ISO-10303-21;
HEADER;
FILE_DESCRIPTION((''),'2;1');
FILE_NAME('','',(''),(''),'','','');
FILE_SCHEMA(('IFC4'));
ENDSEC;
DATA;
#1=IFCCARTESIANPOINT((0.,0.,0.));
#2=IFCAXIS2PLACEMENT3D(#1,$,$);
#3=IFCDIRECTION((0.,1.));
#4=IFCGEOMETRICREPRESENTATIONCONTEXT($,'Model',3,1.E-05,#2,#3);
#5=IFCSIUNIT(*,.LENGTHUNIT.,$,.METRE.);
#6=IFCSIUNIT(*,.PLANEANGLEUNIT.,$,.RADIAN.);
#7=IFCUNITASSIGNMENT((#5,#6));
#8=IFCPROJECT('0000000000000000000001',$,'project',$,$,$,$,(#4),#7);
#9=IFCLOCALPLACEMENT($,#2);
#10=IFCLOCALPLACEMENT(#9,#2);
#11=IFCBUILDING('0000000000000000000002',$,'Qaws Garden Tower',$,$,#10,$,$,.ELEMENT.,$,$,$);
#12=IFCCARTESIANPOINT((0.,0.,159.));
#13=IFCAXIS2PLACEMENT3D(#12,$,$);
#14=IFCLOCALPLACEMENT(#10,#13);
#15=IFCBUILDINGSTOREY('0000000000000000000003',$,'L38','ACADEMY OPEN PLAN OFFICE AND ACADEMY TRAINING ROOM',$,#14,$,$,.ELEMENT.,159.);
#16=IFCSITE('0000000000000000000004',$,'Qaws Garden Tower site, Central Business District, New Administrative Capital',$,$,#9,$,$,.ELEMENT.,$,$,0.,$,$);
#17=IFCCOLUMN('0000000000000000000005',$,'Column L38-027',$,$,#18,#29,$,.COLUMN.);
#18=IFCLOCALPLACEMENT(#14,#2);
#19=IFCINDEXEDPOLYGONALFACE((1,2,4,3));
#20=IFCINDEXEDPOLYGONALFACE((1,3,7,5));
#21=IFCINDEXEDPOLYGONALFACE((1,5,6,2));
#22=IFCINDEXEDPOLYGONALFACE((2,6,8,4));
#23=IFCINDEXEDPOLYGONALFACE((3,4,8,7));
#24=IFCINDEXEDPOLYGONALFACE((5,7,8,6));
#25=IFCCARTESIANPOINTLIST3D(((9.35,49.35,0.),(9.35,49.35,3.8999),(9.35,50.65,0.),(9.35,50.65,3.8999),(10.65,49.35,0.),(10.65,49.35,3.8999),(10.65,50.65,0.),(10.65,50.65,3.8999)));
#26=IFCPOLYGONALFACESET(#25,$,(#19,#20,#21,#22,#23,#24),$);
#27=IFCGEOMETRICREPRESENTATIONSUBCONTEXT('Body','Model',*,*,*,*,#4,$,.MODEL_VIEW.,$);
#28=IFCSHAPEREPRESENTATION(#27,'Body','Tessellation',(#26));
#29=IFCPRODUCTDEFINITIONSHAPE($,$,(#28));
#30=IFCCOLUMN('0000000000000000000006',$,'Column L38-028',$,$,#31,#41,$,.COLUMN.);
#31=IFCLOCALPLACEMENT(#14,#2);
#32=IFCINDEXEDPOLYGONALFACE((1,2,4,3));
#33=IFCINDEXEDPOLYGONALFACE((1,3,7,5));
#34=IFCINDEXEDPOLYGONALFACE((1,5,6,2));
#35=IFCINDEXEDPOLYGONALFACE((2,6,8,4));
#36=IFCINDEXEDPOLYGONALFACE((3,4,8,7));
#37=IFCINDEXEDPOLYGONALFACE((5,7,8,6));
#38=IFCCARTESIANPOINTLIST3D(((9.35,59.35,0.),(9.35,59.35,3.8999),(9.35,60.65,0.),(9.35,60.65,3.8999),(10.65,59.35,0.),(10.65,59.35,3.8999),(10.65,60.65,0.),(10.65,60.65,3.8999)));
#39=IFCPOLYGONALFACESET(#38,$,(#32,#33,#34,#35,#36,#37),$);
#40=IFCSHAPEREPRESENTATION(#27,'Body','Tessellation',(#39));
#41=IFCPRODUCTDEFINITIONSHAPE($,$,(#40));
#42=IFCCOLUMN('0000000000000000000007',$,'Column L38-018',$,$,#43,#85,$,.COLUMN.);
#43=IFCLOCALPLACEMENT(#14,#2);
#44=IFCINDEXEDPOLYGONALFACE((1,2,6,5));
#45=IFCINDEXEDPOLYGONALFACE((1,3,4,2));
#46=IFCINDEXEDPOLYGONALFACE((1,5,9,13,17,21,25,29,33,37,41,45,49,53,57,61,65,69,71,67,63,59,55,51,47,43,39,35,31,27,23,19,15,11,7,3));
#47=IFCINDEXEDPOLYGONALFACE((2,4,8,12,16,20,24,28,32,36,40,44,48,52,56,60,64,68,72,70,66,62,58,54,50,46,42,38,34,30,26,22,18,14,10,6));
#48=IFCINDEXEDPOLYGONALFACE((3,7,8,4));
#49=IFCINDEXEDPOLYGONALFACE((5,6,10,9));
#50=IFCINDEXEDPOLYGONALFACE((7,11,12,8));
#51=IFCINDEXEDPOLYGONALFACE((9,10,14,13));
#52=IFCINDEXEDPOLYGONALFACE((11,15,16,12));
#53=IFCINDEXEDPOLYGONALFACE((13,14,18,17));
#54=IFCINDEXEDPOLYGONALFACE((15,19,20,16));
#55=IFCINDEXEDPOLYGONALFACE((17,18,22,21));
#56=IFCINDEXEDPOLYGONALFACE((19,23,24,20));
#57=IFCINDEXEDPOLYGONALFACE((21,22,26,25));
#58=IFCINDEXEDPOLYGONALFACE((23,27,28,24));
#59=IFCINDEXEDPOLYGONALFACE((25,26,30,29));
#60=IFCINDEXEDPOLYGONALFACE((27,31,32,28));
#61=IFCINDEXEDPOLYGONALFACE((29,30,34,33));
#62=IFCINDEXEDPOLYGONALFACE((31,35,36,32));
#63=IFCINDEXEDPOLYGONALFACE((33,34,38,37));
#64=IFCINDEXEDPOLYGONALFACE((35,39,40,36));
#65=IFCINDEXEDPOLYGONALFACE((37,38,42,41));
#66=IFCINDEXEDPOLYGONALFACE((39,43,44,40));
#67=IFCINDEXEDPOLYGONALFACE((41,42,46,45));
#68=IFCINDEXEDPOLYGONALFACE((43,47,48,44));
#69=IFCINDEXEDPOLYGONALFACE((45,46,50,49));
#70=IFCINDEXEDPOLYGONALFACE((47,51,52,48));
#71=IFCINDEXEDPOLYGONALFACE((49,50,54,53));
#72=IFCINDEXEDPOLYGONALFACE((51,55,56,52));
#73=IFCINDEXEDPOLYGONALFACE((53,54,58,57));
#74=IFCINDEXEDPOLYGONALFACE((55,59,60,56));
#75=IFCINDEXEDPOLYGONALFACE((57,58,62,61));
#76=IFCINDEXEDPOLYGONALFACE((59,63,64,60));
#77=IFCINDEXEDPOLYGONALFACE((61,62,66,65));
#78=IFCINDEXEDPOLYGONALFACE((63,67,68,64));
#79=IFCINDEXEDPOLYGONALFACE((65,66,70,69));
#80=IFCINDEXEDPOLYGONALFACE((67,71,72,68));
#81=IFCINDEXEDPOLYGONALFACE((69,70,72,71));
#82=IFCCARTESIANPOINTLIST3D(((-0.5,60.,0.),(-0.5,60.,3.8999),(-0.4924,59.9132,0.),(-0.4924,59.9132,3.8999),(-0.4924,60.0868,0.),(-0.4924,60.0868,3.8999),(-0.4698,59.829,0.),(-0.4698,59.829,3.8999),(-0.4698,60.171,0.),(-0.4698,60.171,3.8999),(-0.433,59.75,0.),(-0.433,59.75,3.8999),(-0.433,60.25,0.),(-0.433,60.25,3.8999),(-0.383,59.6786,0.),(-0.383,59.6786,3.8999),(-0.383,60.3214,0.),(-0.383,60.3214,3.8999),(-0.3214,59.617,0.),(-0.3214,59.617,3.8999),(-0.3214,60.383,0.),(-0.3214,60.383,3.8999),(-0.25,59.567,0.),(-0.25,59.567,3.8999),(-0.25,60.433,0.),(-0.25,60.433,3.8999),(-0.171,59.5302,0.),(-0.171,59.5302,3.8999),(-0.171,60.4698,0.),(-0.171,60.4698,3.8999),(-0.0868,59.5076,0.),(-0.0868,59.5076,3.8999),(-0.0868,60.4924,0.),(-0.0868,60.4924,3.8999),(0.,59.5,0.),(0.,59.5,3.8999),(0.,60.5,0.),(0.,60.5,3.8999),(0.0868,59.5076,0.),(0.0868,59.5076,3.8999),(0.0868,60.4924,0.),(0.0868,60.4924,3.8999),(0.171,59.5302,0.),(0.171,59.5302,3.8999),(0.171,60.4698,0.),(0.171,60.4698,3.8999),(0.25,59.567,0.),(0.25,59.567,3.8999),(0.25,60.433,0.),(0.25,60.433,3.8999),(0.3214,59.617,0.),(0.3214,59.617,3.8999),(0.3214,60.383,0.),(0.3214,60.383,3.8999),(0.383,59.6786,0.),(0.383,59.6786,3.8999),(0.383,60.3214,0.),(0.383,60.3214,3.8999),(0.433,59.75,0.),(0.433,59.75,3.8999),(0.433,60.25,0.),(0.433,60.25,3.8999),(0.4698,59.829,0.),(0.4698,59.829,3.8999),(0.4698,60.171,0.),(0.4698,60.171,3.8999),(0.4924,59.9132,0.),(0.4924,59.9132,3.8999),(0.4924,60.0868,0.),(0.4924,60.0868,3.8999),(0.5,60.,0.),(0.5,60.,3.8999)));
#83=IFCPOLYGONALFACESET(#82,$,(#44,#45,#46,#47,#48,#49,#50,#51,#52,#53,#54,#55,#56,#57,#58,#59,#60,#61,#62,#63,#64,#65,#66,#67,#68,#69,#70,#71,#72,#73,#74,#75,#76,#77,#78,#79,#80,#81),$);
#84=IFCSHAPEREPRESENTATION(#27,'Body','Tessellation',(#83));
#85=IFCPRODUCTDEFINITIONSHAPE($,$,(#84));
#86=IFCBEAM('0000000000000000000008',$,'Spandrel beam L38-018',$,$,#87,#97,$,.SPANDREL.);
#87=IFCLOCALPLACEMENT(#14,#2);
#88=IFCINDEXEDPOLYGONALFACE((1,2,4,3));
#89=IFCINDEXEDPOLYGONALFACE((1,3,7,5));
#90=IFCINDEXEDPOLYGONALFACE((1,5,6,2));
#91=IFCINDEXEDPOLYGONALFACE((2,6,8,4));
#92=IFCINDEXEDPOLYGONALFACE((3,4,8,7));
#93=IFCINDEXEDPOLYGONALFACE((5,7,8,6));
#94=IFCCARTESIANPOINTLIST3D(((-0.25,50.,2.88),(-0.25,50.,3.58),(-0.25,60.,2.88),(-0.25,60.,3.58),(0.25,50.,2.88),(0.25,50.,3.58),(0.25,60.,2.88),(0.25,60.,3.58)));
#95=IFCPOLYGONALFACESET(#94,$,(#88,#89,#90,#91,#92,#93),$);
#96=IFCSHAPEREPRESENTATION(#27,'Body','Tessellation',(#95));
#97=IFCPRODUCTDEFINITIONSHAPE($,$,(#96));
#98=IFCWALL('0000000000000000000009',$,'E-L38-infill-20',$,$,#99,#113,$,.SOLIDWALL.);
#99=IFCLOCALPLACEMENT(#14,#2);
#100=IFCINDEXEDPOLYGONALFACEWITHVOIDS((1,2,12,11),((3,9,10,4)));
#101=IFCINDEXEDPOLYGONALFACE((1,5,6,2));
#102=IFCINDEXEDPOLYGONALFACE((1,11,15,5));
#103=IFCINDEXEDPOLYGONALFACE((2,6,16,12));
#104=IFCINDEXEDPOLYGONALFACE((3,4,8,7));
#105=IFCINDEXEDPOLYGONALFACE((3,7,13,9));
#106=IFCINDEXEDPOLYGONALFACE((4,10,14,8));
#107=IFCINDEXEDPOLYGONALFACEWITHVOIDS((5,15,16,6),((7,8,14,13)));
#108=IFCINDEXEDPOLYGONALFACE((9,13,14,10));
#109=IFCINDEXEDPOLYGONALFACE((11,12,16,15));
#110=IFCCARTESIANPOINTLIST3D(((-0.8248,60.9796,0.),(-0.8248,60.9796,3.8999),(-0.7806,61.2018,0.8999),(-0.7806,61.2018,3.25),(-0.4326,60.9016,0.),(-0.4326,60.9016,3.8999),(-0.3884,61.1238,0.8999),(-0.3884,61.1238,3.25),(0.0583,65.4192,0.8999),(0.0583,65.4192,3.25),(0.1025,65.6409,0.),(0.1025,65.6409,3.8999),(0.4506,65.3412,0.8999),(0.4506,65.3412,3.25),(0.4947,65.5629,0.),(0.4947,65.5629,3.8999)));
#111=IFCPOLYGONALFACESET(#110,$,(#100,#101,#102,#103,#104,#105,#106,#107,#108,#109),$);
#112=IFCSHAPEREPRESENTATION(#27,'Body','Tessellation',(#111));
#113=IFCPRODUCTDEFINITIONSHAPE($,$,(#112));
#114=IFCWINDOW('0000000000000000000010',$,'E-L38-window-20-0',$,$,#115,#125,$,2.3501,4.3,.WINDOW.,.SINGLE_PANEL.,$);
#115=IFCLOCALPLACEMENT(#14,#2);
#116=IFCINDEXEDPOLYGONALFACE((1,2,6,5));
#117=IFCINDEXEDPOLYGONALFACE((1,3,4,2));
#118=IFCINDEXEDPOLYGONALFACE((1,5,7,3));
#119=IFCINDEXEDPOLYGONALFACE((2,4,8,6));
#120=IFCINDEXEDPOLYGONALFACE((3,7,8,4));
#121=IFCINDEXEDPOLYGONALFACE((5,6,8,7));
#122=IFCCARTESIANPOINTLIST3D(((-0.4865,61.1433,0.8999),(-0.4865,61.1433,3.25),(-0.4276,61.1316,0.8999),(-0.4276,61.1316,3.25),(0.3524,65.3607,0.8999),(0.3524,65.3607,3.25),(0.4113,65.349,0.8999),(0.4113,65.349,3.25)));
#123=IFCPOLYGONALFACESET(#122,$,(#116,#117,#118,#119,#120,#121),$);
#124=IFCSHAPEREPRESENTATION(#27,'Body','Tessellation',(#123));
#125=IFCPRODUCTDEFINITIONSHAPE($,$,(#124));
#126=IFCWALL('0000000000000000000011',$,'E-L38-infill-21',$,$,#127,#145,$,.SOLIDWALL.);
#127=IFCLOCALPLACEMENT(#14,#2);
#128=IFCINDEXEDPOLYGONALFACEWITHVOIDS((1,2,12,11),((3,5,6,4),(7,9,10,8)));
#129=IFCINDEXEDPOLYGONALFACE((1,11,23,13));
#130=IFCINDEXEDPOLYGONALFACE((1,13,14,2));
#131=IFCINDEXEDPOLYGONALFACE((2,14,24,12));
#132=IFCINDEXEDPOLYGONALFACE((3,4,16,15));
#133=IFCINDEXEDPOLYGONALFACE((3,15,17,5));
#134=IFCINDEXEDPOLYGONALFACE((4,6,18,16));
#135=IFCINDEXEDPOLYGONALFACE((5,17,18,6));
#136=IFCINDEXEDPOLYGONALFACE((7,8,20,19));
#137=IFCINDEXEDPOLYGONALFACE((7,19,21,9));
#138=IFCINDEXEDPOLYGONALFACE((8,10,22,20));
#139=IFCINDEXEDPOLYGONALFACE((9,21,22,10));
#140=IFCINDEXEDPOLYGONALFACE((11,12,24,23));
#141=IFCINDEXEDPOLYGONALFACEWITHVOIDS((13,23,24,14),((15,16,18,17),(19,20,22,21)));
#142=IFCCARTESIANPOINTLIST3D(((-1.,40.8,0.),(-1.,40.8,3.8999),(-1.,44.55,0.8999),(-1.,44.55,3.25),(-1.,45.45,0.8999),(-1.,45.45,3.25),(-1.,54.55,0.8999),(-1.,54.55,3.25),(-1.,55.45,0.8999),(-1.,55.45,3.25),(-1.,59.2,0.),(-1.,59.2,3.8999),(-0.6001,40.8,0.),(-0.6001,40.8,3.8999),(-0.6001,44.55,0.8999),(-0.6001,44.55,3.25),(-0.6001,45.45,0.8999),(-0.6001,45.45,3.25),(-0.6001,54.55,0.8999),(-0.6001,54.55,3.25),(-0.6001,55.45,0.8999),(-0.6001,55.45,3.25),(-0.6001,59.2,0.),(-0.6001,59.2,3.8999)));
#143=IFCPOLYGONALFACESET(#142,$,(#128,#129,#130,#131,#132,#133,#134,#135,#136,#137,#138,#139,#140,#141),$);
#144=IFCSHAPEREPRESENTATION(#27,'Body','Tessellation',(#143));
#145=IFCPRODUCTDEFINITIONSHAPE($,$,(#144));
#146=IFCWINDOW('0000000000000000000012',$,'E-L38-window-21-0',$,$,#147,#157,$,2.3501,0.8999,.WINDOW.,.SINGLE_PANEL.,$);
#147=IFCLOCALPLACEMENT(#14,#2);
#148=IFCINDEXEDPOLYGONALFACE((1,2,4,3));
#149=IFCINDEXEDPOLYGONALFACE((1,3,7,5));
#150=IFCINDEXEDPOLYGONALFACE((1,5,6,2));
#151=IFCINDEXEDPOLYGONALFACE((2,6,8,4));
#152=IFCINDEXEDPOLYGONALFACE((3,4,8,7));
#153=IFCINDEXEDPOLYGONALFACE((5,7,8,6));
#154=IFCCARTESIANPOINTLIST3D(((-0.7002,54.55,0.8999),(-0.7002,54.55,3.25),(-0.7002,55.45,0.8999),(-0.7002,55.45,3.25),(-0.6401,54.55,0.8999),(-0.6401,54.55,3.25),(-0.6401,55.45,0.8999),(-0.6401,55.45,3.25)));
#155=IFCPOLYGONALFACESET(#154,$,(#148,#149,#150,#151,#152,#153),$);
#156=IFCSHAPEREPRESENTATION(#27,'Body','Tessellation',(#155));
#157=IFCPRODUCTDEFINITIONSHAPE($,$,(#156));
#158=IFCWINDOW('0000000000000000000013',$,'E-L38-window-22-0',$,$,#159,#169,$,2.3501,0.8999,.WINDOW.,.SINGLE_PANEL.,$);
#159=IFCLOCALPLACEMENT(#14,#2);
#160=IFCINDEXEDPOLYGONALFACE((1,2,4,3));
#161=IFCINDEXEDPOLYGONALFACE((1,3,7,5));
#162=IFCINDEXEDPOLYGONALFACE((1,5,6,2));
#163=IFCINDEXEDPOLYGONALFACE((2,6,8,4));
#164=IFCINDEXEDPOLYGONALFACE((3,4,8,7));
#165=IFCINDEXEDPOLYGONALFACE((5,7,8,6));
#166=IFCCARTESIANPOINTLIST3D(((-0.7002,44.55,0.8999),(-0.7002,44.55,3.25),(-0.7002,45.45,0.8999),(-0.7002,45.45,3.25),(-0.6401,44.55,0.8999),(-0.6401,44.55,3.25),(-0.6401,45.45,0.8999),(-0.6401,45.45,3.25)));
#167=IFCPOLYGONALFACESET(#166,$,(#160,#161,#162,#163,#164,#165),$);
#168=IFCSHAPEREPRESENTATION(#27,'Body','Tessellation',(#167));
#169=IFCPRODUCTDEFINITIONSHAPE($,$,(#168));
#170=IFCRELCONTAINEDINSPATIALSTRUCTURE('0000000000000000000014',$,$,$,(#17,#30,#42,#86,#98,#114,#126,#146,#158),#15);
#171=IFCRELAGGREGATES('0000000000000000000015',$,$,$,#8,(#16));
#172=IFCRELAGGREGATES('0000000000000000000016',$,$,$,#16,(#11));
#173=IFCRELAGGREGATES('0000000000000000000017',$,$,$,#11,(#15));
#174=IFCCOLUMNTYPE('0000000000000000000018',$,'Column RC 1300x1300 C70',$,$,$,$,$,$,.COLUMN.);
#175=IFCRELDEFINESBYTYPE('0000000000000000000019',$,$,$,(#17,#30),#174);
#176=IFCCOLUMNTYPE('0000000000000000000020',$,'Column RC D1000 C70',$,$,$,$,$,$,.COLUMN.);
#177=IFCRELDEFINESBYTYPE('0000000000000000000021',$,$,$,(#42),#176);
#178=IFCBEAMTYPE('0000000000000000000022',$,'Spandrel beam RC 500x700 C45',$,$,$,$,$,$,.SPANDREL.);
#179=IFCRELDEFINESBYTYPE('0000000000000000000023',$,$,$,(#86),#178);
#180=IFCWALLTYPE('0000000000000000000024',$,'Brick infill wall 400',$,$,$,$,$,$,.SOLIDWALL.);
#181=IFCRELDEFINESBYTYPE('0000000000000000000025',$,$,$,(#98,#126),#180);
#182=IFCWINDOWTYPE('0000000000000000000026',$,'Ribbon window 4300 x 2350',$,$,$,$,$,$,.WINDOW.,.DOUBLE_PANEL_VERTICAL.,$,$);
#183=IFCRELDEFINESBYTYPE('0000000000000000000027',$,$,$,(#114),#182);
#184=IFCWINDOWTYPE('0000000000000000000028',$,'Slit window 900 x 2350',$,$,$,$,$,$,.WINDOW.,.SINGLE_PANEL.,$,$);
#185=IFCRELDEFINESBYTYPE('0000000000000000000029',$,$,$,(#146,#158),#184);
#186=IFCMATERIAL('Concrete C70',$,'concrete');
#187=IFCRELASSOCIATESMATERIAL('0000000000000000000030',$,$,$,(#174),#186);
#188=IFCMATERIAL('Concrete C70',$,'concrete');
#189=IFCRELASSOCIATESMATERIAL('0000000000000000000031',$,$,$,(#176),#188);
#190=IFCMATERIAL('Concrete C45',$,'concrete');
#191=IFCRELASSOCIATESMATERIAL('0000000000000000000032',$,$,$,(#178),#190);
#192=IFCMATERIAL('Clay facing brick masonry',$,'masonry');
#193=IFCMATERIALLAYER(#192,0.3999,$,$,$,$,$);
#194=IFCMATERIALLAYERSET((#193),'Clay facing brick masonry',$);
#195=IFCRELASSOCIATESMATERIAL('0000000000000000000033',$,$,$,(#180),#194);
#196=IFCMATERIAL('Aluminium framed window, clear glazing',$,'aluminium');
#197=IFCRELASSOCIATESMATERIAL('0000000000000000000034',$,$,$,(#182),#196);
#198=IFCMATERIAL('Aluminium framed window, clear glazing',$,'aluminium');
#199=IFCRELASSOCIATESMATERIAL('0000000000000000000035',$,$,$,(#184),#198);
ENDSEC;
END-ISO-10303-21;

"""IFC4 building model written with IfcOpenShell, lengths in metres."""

from ifc_helpers import new_model, si_unit, direction, frame, frame_2d, origin, origin_2d, place, context, subcontext, project, spatial, rectangle, circle, extrude, material, layer, layer_set, material_profile, profile_set, type_object, element, fill, save


model = new_model("IFC4")

# Units and contexts
model_context = context("Model", 3, precision=1e-05, world=origin(), true_north=direction((0.0, 1.0)))
body_context = subcontext(model_context, "Body", "Model", "MODEL_VIEW")
ifc_project = project(units=[si_unit("LENGTHUNIT", "METRE"), si_unit("PLANEANGLEUNIT", "RADIAN")], contexts=[model_context])

# Site, building, storey
site_placement = place(None, origin())
site = spatial("IfcSite", under=ifc_project, at=site_placement, Name="Qaws Garden Tower site, Central Business District, New Administrative Capital", CompositionType="ELEMENT", RefElevation=0.0)
building_placement = place(site_placement, origin())
building = spatial("IfcBuilding", under=site, at=building_placement, Name="Qaws Garden Tower", CompositionType="ELEMENT")
storey_placement = place(building_placement, frame((0.0, 0.0, 159.0)))
storey = spatial("IfcBuildingStorey", under=building, at=storey_placement, Name="L38", Description="ACADEMY OPEN PLAN OFFICE AND ACADEMY TRAINING ROOM", CompositionType="ELEMENT", Elevation=159.0)

# Columns
ifc_material_1 = material(Name="Concrete C70", Category="concrete")
ifc_material_profile_1 = material_profile(ifc_material_1, rectangle(XDim=1.3, YDim=1.3, at=origin_2d()), Name="RC 1300x1300")
ifc_profile_set_1 = profile_set([ifc_material_profile_1], Name="Concrete C70")
column_type_1 = type_object("IfcColumnType", Name="Column RC 1300x1300 C70", PredefinedType="COLUMN", material=ifc_profile_set_1)
for number, where, z_axis, x_axis, name in (
    (1, (10.0, 50.0, 0.0), (0.0, 0.0, 1.0), (1.0, 0.0, 0.0), "Column L38-027"),
    (2, (10.0, 60.0, 0.0), (0.0, 0.0, 1.0), (1.0, 0.0, 0.0), "Column L38-028"),
):
    element("IfcColumn", number, at=place(storey_placement, frame(where, z_axis=z_axis, x_axis=x_axis)), inside=storey, type_object=column_type_1, Name=name, PredefinedType="COLUMN", context=body_context, shape_type="SweptSolid", body=[
        extrude(rectangle(XDim=1.3, YDim=1.3, at=origin_2d()), origin(), (0.0, 0.0, 1.0), 3.8999),
    ])
ifc_material_2 = material(Name="Concrete C70", Category="concrete")
ifc_material_profile_2 = material_profile(ifc_material_2, circle(Radius=0.5, at=origin_2d()), Name="RC D1000")
ifc_profile_set_2 = profile_set([ifc_material_profile_2], Name="Concrete C70")
column_type_2 = type_object("IfcColumnType", Name="Column RC D1000 C70", PredefinedType="COLUMN", material=ifc_profile_set_2)
column_placement = place(storey_placement, frame((0.0, 60.0, 0.0), z_axis=(0.0, 0.0, 1.0), x_axis=(1.0, 0.0, 0.0)))
element("IfcColumn", 3, at=column_placement, inside=storey, type_object=column_type_2, Name="Column L38-018", PredefinedType="COLUMN", context=body_context, shape_type="SweptSolid", body=[
    extrude(circle(Radius=0.5, at=origin_2d()), origin(), (0.0, 0.0, 1.0), 3.8999),
])

# Beam
ifc_material_3 = material(Name="Concrete C45", Category="concrete")
ifc_material_profile_3 = material_profile(ifc_material_3, rectangle(XDim=0.5, YDim=0.7, at=origin_2d()), Name="RC 500x700")
ifc_profile_set_3 = profile_set([ifc_material_profile_3], Name="Concrete C45")
beam_type = type_object("IfcBeamType", Name="Spandrel beam RC 500x700 C45", PredefinedType="SPANDREL", material=ifc_profile_set_3)
beam_placement = place(storey_placement, frame((0.0, 60.0, 3.23), z_axis=(0.0, -1.0, 0.0), x_axis=(1.0, 0.0, 0.0)))
element("IfcBeam", 4, at=beam_placement, inside=storey, type_object=beam_type, Name="Spandrel beam L38-018", PredefinedType="SPANDREL", context=body_context, shape_type="SweptSolid", body=[
    extrude(rectangle(XDim=0.5, YDim=0.7, at=origin_2d()), origin(), (0.0, 0.0, 1.0), 10.0),
])

# Wall, opening, window
ifc_material_4 = material(Name="Clay facing brick masonry", Category="masonry")
ifc_layer_1 = layer(ifc_material_4, 0.3999)
ifc_layer_set_1 = layer_set([ifc_layer_1], Name="Clay facing brick masonry")
wall_type_1 = type_object("IfcWallType", Name="Brick infill wall 400", PredefinedType="SOLIDWALL", material=ifc_layer_set_1)
wall_1_placement = place(storey_placement, frame((0.2986, 65.6021, 0.0), z_axis=(0.0, 0.0, 1.0), x_axis=(-0.195099, -0.980784, 0.0)))
wall_1 = element("IfcWall", 5, at=wall_1_placement, inside=storey, type_object=wall_type_1, Name="E-L38-infill-20", PredefinedType="SOLIDWALL", context=body_context, shape_type="SweptSolid", body=[
    extrude(rectangle(XDim=4.7527, YDim=0.3999, at=frame_2d((2.3765, 0.0))), origin(), (0.0, 0.0, 1.0), 3.8999),
])
opening_1_placement = place(wall_1_placement, frame((0.2263, 0.0, 0.8999)))
opening_1 = element("IfcOpeningElement", 6, at=opening_1_placement, cuts=wall_1, PredefinedType="OPENING", context=body_context, shape_type="SweptSolid", body=[
    extrude(rectangle(XDim=4.3, YDim=2.3501, at=frame_2d((2.1499, 1.175))), frame((0.0, 0.21, 0.0), z_axis=(0.0, -1.0, 0.0), x_axis=(1.0, 0.0, 0.0)), (0.0, 0.0, 1.0), 0.4199),
])
ifc_material_5 = material(Name="Aluminium framed window, clear glazing", Category="aluminium")
window_type_1 = type_object("IfcWindowType", Name="Ribbon window 4300 x 2350", PartitioningType="DOUBLE_PANEL_VERTICAL", PredefinedType="WINDOW", material=ifc_material_5)
window_1_placement = place(opening_1_placement, origin())
window_1 = element("IfcWindow", 7, at=window_1_placement, inside=storey, type_object=window_type_1, Name="E-L38-window-20-0", OverallHeight=2.3501, OverallWidth=4.3, PartitioningType="SINGLE_PANEL", PredefinedType="WINDOW", context=body_context, shape_type="SweptSolid", body=[
    extrude(rectangle(XDim=4.3, YDim=2.3501, at=frame_2d((2.1499, 1.175))), frame((0.0, 0.1599, 0.0), z_axis=(0.0, -1.0, 0.0), x_axis=(1.0, 0.0, 0.0)), (0.0, 0.0, 1.0), 0.0601),
])
fill(opening_1, window_1)

# Wall, openings, windows
wall_2_placement = place(storey_placement, frame((-0.8, 59.2, 0.0), z_axis=(0.0, 0.0, 1.0), x_axis=(0.0, -1.0, 0.0)))
wall_2 = element("IfcWall", 8, at=wall_2_placement, inside=storey, type_object=wall_type_1, Name="E-L38-infill-21", PredefinedType="SOLIDWALL", context=body_context, shape_type="SweptSolid", body=[
    extrude(rectangle(XDim=18.3999, YDim=0.3999, at=frame_2d((9.2, 0.0))), origin(), (0.0, 0.0, 1.0), 3.8999),
])
opening_2_placement = place(wall_2_placement, frame((3.75, 0.0, 0.8999)))
opening_2 = element("IfcOpeningElement", 9, at=opening_2_placement, cuts=wall_2, PredefinedType="OPENING", context=body_context, shape_type="SweptSolid", body=[
    extrude(rectangle(XDim=0.8999, YDim=2.3501, at=frame_2d((0.45, 1.175))), frame((0.0, 0.21, 0.0), z_axis=(0.0, -1.0, 0.0), x_axis=(1.0, 0.0, 0.0)), (0.0, 0.0, 1.0), 0.4199),
])
opening_3_placement = place(wall_2_placement, frame((13.75, 0.0, 0.8999)))
opening_3 = element("IfcOpeningElement", 10, at=opening_3_placement, cuts=wall_2, PredefinedType="OPENING", context=body_context, shape_type="SweptSolid", body=[
    extrude(rectangle(XDim=0.8999, YDim=2.3501, at=frame_2d((0.45, 1.175))), frame((0.0, 0.21, 0.0), z_axis=(0.0, -1.0, 0.0), x_axis=(1.0, 0.0, 0.0)), (0.0, 0.0, 1.0), 0.4199),
])
ifc_material_6 = material(Name="Aluminium framed window, clear glazing", Category="aluminium")
window_type_2 = type_object("IfcWindowType", Name="Slit window 900 x 2350", PartitioningType="SINGLE_PANEL", PredefinedType="WINDOW", material=ifc_material_6)
window_2_placement = place(opening_2_placement, origin())
window_2 = element("IfcWindow", 11, at=window_2_placement, inside=storey, type_object=window_type_2, Name="E-L38-window-21-0", OverallHeight=2.3501, OverallWidth=0.8999, PartitioningType="SINGLE_PANEL", PredefinedType="WINDOW", context=body_context, shape_type="SweptSolid", body=[
    extrude(rectangle(XDim=0.8999, YDim=2.3501, at=frame_2d((0.45, 1.175))), frame((0.0, 0.1599, 0.0), z_axis=(0.0, -1.0, 0.0), x_axis=(1.0, 0.0, 0.0)), (0.0, 0.0, 1.0), 0.0601),
])
fill(opening_2, window_2)
window_3_placement = place(opening_3_placement, origin())
window_3 = element("IfcWindow", 12, at=window_3_placement, inside=storey, type_object=window_type_2, Name="E-L38-window-22-0", OverallHeight=2.3501, OverallWidth=0.8999, PartitioningType="SINGLE_PANEL", PredefinedType="WINDOW", context=body_context, shape_type="SweptSolid", body=[
    extrude(rectangle(XDim=0.8999, YDim=2.3501, at=frame_2d((0.45, 1.175))), frame((0.0, 0.1599, 0.0), z_axis=(0.0, -1.0, 0.0), x_axis=(1.0, 0.0, 0.0)), (0.0, 0.0, 1.0), 0.0601),
])
fill(opening_3, window_3)

save(model, "model.ifc")
